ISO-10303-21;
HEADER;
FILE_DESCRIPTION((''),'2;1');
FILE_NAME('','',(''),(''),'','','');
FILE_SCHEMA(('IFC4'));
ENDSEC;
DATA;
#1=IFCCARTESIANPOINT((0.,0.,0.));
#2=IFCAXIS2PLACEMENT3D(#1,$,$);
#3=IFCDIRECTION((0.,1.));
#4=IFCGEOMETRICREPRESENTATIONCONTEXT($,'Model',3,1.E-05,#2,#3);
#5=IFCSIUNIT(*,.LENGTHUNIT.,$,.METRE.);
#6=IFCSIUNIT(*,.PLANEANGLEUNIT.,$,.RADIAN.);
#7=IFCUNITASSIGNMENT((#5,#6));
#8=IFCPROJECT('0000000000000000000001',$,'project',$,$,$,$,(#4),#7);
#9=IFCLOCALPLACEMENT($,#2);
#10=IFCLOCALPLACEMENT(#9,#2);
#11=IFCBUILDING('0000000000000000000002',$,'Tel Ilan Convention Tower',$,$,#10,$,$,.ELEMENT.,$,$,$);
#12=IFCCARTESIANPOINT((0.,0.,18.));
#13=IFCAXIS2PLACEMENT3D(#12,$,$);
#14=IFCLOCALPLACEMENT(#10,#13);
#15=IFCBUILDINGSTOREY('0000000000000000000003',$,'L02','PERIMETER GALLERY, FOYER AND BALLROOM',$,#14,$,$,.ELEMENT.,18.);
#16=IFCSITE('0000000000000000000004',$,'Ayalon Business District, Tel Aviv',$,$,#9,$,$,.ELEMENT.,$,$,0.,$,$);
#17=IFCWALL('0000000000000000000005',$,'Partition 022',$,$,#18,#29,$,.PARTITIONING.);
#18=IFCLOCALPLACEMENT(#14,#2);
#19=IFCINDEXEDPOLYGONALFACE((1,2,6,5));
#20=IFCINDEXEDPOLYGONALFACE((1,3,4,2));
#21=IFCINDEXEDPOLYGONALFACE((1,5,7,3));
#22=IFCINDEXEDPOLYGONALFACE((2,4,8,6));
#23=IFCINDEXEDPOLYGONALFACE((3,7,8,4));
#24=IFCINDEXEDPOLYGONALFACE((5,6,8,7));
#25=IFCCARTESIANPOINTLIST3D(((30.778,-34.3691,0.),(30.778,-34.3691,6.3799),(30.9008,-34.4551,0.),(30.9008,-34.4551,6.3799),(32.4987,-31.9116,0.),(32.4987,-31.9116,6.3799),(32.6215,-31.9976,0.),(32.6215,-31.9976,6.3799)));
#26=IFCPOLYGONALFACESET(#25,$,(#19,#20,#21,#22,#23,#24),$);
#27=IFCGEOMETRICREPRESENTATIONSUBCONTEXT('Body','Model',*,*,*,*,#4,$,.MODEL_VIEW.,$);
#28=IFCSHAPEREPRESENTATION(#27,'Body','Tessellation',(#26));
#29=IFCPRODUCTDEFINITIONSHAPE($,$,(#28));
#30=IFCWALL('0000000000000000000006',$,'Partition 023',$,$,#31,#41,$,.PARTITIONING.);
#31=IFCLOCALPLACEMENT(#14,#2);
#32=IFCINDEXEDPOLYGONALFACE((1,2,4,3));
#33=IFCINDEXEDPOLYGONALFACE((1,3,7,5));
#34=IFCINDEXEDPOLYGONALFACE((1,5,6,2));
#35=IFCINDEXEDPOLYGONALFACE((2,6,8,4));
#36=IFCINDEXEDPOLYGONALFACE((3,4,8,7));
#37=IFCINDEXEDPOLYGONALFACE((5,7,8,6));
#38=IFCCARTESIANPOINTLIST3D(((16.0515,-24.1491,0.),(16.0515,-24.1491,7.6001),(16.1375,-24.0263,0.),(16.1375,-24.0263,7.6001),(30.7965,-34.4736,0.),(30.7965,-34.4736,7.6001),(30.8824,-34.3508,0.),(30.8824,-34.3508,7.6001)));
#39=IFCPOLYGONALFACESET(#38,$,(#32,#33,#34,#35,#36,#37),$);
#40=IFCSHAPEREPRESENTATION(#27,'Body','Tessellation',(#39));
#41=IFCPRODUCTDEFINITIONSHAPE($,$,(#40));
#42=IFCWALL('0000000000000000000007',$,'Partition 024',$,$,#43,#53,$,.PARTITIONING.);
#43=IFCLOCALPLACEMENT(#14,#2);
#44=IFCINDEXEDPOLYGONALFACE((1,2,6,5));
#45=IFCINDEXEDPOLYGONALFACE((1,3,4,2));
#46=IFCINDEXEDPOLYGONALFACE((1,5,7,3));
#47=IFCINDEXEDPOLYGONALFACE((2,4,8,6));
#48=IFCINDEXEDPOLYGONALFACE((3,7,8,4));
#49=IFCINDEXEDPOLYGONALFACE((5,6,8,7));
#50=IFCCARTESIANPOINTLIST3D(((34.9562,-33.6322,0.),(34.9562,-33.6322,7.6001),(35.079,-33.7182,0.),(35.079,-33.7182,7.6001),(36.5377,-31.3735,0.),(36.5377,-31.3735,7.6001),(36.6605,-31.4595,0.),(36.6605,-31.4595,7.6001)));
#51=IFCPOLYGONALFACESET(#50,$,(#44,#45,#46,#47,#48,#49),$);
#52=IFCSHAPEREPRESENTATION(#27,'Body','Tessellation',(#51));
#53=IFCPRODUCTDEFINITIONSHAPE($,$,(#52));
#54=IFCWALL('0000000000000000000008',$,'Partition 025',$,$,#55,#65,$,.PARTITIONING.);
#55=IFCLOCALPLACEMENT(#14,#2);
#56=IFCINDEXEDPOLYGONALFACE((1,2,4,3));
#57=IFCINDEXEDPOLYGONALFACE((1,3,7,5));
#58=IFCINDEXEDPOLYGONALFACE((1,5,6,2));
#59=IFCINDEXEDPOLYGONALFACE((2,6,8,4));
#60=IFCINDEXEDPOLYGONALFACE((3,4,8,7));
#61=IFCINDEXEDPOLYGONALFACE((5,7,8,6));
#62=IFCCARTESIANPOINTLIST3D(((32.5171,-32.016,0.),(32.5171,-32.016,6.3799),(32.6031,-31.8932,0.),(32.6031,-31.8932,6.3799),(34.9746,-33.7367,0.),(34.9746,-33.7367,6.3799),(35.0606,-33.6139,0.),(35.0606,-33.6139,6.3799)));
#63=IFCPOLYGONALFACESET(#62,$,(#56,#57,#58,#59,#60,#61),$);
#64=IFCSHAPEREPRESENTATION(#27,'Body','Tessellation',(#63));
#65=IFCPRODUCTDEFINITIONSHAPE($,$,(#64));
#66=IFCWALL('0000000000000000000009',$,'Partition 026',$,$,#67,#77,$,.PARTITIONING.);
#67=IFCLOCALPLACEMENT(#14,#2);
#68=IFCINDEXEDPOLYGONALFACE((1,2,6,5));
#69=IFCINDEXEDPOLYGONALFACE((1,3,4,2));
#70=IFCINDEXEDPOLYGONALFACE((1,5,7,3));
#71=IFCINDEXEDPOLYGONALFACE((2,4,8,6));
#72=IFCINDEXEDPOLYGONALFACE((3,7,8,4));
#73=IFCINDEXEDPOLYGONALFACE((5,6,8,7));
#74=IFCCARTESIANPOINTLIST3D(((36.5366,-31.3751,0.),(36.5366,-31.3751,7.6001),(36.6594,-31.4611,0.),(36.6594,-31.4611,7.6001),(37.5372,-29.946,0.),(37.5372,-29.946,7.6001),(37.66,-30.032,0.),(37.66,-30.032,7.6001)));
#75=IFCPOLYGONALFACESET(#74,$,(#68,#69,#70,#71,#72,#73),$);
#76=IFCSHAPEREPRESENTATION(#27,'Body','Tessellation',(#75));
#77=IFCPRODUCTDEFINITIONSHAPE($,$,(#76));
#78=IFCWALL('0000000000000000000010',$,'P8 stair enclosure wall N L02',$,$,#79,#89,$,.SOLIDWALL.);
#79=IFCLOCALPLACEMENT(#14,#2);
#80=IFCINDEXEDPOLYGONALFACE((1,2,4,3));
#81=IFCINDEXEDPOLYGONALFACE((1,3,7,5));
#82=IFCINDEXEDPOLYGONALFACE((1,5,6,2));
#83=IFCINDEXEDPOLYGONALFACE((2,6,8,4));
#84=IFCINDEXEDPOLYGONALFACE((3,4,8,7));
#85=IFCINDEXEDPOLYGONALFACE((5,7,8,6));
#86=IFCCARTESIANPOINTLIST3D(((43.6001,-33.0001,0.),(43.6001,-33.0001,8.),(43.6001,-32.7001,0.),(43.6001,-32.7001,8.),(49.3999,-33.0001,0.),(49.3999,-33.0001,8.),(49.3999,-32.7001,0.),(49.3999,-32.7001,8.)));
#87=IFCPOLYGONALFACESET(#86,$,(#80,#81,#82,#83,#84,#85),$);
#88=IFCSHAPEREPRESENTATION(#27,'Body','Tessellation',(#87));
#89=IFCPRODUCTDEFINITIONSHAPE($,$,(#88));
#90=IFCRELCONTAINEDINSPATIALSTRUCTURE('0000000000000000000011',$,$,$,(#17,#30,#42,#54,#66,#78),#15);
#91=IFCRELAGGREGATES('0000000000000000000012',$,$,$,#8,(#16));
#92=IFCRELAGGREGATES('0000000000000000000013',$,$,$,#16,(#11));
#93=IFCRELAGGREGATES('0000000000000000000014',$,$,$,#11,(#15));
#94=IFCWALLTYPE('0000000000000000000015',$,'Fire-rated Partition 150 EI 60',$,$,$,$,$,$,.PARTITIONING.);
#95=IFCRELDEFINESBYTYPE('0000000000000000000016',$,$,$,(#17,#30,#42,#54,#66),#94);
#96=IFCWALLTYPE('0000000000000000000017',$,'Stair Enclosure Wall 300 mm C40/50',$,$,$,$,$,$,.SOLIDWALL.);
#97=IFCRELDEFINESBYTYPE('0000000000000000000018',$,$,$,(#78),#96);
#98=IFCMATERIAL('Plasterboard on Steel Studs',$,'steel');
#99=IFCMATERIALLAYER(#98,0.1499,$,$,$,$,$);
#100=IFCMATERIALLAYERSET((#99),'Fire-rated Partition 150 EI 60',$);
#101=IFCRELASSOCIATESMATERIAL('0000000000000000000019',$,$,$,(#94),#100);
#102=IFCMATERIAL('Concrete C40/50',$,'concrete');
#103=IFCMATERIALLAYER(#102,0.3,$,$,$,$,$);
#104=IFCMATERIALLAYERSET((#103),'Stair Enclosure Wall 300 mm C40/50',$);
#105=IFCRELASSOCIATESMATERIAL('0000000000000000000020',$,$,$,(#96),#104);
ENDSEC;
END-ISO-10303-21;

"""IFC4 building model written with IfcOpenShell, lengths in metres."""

from ifc_helpers import new_model, si_unit, direction, frame, frame_2d, origin, place, context, subcontext, project, spatial, rectangle, extrude, material, layer, layer_set, type_object, element, save


model = new_model("IFC4")

# Units and contexts
model_context = context("Model", 3, precision=1e-05, world=origin(), true_north=direction((0.0, 1.0)))
body_context = subcontext(model_context, "Body", "Model", "MODEL_VIEW")
ifc_project = project(units=[si_unit("LENGTHUNIT", "METRE"), si_unit("PLANEANGLEUNIT", "RADIAN")], contexts=[model_context])

# Site, building, storey
site_placement = place(None, origin())
site = spatial("IfcSite", under=ifc_project, at=site_placement, Name="Ayalon Business District, Tel Aviv", CompositionType="ELEMENT", RefElevation=0.0)
building_placement = place(site_placement, origin())
building = spatial("IfcBuilding", under=site, at=building_placement, Name="Tel Ilan Convention Tower", CompositionType="ELEMENT")
storey_placement = place(building_placement, frame((0.0, 0.0, 18.0)))
storey = spatial("IfcBuildingStorey", under=building, at=storey_placement, Name="L02", Description="PERIMETER GALLERY, FOYER AND BALLROOM", CompositionType="ELEMENT", Elevation=18.0)

# Shared definitions
ifc_material_1 = material(Name="Plasterboard on Steel Studs", Category="steel")
ifc_layer_1 = layer(ifc_material_1, 0.1499)
ifc_layer_set_1 = layer_set([ifc_layer_1], Name="Fire-rated Partition 150 EI 60")
wall_type_1 = type_object("IfcWallType", Name="Fire-rated Partition 150 EI 60", PredefinedType="PARTITIONING", material=ifc_layer_set_1)

# Walls
wall_1_placement = place(storey_placement, frame((32.5601, -31.9546, 0.0), z_axis=(0.0, 0.0, 1.0), x_axis=(-0.573561, -0.819163, 0.0)))
element("IfcWall", 1, at=wall_1_placement, inside=storey, type_object=wall_type_1, Name="Partition 022", PredefinedType="PARTITIONING", context=body_context, shape_type="SweptSolid", body=[
    extrude(rectangle(XDim=3.0, YDim=0.1499, at=frame_2d((1.5, 0.0))), origin(), (0.0, 0.0, 1.0), 6.3799),
])
wall_2_placement = place(storey_placement, frame((30.8394, -34.4121, 0.0), z_axis=(0.0, 0.0, 1.0), x_axis=(-0.819152, 0.573576, 0.0)))
element("IfcWall", 2, at=wall_2_placement, inside=storey, type_object=wall_type_1, Name="Partition 023", PredefinedType="PARTITIONING", context=body_context, shape_type="SweptSolid", body=[
    extrude(rectangle(XDim=18.0002, YDim=0.1499, at=frame_2d((9.0, 0.0))), origin(), (0.0, 0.0, 1.0), 7.6001),
])
wall_3_placement = place(storey_placement, frame((36.5991, -31.4165, 0.0), z_axis=(0.0, 0.0, 1.0), x_axis=(-0.573557, -0.819165, 0.0)))
element("IfcWall", 3, at=wall_3_placement, inside=storey, type_object=wall_type_1, Name="Partition 024", PredefinedType="PARTITIONING", context=body_context, shape_type="SweptSolid", body=[
    extrude(rectangle(XDim=2.7573, YDim=0.1499, at=frame_2d((1.3787, 0.0))), origin(), (0.0, 0.0, 1.0), 7.6001),
])
wall_4_placement = place(storey_placement, frame((35.0176, -33.6753, 0.0), z_axis=(0.0, 0.0, 1.0), x_axis=(-0.819163, 0.573561, 0.0)))
element("IfcWall", 4, at=wall_4_placement, inside=storey, type_object=wall_type_1, Name="Partition 025", PredefinedType="PARTITIONING", context=body_context, shape_type="SweptSolid", body=[
    extrude(rectangle(XDim=3.0, YDim=0.1499, at=frame_2d((1.5, 0.0))), origin(), (0.0, 0.0, 1.0), 6.3799),
])
wall_5_placement = place(storey_placement, frame((37.5986, -29.989, 0.0), z_axis=(0.0, 0.0, 1.0), x_axis=(-0.573575, -0.819153, 0.0)))
element("IfcWall", 5, at=wall_5_placement, inside=storey, type_object=wall_type_1, Name="Partition 026", PredefinedType="PARTITIONING", context=body_context, shape_type="SweptSolid", body=[
    extrude(rectangle(XDim=1.7446, YDim=0.1499, at=frame_2d((0.8723, 0.0))), origin(), (0.0, 0.0, 1.0), 7.6001),
])
ifc_material_2 = material(Name="Concrete C40/50", Category="concrete")
ifc_layer_2 = layer(ifc_material_2, 0.3)
ifc_layer_set_2 = layer_set([ifc_layer_2], Name="Stair Enclosure Wall 300 mm C40/50")
wall_type_2 = type_object("IfcWallType", Name="Stair Enclosure Wall 300 mm C40/50", PredefinedType="SOLIDWALL", material=ifc_layer_set_2)
wall_6_placement = place(storey_placement, frame((43.6001, -32.8501, 0.0), z_axis=(0.0, 0.0, 1.0), x_axis=(1.0, 0.0, 0.0)))
element("IfcWall", 6, at=wall_6_placement, inside=storey, type_object=wall_type_2, Name="P8 stair enclosure wall N L02", PredefinedType="SOLIDWALL", context=body_context, shape_type="SweptSolid", body=[
    extrude(rectangle(XDim=5.7998, YDim=0.3, at=frame_2d((2.8999, 0.0))), origin(), (0.0, 0.0, 1.0), 8.0),
])

save(model, "model.ifc")
